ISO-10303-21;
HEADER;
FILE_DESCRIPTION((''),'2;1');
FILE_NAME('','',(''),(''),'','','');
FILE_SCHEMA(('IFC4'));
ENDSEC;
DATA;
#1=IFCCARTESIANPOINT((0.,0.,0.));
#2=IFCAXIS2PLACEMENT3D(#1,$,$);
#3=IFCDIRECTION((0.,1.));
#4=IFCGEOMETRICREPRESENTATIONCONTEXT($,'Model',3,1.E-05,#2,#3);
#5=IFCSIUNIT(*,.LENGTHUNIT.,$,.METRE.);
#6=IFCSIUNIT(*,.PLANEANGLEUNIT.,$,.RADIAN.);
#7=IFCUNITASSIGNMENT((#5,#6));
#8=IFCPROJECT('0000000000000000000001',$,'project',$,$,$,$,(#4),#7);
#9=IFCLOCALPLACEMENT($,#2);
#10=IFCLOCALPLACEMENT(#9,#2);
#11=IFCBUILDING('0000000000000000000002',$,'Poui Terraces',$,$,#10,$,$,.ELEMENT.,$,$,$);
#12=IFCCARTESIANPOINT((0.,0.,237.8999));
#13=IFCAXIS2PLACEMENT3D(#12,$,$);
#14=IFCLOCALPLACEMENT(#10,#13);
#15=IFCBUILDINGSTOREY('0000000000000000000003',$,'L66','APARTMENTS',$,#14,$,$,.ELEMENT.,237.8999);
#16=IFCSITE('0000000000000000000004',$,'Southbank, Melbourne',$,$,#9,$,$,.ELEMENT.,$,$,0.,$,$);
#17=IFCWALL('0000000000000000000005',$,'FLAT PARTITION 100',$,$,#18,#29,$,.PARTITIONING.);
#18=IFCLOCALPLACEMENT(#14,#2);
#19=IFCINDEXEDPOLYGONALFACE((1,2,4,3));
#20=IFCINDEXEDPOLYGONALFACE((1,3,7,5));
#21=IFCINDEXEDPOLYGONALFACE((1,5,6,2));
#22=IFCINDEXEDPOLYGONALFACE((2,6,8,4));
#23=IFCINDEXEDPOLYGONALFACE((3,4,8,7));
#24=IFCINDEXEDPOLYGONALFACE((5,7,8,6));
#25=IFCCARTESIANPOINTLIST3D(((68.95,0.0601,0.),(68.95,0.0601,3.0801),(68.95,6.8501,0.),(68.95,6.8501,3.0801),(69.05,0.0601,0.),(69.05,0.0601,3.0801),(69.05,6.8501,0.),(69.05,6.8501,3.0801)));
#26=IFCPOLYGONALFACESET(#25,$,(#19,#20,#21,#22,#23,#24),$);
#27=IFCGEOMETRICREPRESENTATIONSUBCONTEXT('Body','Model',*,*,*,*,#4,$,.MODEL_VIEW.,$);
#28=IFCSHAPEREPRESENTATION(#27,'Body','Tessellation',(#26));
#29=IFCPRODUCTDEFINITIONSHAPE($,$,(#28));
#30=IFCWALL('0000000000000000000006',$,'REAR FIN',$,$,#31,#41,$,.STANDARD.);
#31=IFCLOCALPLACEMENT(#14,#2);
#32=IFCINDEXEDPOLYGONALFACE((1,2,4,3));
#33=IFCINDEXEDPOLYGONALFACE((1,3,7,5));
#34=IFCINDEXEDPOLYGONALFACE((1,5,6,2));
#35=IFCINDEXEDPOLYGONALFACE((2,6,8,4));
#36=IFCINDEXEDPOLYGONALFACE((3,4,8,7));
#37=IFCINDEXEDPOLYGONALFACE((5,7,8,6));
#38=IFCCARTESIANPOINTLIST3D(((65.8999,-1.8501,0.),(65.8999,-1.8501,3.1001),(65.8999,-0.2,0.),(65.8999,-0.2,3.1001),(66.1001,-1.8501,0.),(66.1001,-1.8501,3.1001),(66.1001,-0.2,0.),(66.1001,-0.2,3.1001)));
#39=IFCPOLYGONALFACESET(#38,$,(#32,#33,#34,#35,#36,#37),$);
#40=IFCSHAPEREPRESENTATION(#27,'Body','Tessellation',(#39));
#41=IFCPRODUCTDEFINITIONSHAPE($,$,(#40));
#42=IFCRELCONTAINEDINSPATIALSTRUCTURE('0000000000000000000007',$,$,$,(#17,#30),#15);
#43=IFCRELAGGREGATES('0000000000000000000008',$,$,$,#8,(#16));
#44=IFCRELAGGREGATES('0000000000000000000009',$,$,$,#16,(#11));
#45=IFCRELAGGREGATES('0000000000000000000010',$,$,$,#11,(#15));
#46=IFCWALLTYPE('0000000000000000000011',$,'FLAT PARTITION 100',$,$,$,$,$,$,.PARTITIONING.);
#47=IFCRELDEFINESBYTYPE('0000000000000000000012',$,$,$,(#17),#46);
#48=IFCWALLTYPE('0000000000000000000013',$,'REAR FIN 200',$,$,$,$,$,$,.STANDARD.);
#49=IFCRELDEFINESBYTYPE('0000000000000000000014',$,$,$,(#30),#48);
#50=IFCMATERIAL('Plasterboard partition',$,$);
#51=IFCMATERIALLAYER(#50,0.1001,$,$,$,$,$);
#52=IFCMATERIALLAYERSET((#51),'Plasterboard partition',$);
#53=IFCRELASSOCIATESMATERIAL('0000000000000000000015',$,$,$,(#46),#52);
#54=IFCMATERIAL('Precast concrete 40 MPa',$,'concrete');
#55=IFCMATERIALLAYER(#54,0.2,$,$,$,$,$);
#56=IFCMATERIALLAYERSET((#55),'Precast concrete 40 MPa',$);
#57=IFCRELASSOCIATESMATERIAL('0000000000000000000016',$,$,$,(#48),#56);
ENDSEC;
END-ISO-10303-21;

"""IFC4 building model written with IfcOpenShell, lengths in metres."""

from ifc_helpers import new_model, si_unit, direction, frame, frame_2d, origin, place, context, subcontext, project, spatial, polyline, rectangle, outline, extrude, source, transform, mapped, material, layer, layer_set, type_object, element, save


model = new_model("IFC4")

# Units and contexts
model_context = context("Model", 3, precision=1e-05, world=origin(), true_north=direction((0.0, 1.0)))
body_context = subcontext(model_context, "Body", "Model", "MODEL_VIEW")
ifc_project = project(units=[si_unit("LENGTHUNIT", "METRE"), si_unit("PLANEANGLEUNIT", "RADIAN")], contexts=[model_context])

# Site, building, storey
site_placement = place(None, origin())
site = spatial("IfcSite", under=ifc_project, at=site_placement, Name="Southbank, Melbourne", CompositionType="ELEMENT", RefElevation=0.0)
building_placement = place(site_placement, origin())
building = spatial("IfcBuilding", under=site, at=building_placement, Name="Poui Terraces", CompositionType="ELEMENT")
storey_placement = place(building_placement, frame((0.0, 0.0, 237.8999)))
storey = spatial("IfcBuildingStorey", under=building, at=storey_placement, Name="L66", Description="APARTMENTS", CompositionType="ELEMENT", Elevation=237.8999)

# Shared definitions
ifc_material_1 = material(Name="Plasterboard partition")
ifc_layer_1 = layer(ifc_material_1, 0.1001)
ifc_layer_set_1 = layer_set([ifc_layer_1], Name="Plasterboard partition")
wall_type_1 = type_object("IfcWallType", Name="FLAT PARTITION 100", PredefinedType="PARTITIONING", material=ifc_layer_set_1)

# Walls
wall_1_placement = place(storey_placement, frame((69.0, 0.0601, 0.0), z_axis=(0.0, 0.0, 1.0), x_axis=(0.0, 1.0, 0.0)))
element("IfcWall", 1, at=wall_1_placement, inside=storey, type_object=wall_type_1, Name="FLAT PARTITION 100", PredefinedType="PARTITIONING", context=body_context, shape_type="SweptSolid", body=[
    extrude(rectangle(XDim=6.79, YDim=0.1001, at=frame_2d((3.395, 0.0))), origin(), (0.0, 0.0, 1.0), 3.0801),
])
ifc_material_2 = material(Name="Precast concrete 40 MPa", Category="concrete")
ifc_layer_2 = layer(ifc_material_2, 0.2)
ifc_layer_set_2 = layer_set([ifc_layer_2], Name="Precast concrete 40 MPa")
wall_type_2 = type_object("IfcWallType", Name="REAR FIN 200", PredefinedType="STANDARD", material=ifc_layer_set_2)
shared_shape_1 = source(origin(), body_context, "Body", "SweptSolid", [
    extrude(outline(polyline([(0.0, 0.0), (0.2002, 0.0), (0.2002, 1.6501), (0.0, 1.6501), (0.0, 0.0)])), origin(), (0.0, 0.0, 1.0), 3.1001),
])
wall_2_placement = place(storey_placement, frame((65.8999, -1.8501, 0.0)))
element("IfcWall", 2, at=wall_2_placement, inside=storey, type_object=wall_type_2, Name="REAR FIN", PredefinedType="STANDARD", context=body_context, shape_type="MappedRepresentation", body=[
    mapped(shared_shape_1, transform((0.0, 0.0, 0.0))),
])

save(model, "model.ifc")
